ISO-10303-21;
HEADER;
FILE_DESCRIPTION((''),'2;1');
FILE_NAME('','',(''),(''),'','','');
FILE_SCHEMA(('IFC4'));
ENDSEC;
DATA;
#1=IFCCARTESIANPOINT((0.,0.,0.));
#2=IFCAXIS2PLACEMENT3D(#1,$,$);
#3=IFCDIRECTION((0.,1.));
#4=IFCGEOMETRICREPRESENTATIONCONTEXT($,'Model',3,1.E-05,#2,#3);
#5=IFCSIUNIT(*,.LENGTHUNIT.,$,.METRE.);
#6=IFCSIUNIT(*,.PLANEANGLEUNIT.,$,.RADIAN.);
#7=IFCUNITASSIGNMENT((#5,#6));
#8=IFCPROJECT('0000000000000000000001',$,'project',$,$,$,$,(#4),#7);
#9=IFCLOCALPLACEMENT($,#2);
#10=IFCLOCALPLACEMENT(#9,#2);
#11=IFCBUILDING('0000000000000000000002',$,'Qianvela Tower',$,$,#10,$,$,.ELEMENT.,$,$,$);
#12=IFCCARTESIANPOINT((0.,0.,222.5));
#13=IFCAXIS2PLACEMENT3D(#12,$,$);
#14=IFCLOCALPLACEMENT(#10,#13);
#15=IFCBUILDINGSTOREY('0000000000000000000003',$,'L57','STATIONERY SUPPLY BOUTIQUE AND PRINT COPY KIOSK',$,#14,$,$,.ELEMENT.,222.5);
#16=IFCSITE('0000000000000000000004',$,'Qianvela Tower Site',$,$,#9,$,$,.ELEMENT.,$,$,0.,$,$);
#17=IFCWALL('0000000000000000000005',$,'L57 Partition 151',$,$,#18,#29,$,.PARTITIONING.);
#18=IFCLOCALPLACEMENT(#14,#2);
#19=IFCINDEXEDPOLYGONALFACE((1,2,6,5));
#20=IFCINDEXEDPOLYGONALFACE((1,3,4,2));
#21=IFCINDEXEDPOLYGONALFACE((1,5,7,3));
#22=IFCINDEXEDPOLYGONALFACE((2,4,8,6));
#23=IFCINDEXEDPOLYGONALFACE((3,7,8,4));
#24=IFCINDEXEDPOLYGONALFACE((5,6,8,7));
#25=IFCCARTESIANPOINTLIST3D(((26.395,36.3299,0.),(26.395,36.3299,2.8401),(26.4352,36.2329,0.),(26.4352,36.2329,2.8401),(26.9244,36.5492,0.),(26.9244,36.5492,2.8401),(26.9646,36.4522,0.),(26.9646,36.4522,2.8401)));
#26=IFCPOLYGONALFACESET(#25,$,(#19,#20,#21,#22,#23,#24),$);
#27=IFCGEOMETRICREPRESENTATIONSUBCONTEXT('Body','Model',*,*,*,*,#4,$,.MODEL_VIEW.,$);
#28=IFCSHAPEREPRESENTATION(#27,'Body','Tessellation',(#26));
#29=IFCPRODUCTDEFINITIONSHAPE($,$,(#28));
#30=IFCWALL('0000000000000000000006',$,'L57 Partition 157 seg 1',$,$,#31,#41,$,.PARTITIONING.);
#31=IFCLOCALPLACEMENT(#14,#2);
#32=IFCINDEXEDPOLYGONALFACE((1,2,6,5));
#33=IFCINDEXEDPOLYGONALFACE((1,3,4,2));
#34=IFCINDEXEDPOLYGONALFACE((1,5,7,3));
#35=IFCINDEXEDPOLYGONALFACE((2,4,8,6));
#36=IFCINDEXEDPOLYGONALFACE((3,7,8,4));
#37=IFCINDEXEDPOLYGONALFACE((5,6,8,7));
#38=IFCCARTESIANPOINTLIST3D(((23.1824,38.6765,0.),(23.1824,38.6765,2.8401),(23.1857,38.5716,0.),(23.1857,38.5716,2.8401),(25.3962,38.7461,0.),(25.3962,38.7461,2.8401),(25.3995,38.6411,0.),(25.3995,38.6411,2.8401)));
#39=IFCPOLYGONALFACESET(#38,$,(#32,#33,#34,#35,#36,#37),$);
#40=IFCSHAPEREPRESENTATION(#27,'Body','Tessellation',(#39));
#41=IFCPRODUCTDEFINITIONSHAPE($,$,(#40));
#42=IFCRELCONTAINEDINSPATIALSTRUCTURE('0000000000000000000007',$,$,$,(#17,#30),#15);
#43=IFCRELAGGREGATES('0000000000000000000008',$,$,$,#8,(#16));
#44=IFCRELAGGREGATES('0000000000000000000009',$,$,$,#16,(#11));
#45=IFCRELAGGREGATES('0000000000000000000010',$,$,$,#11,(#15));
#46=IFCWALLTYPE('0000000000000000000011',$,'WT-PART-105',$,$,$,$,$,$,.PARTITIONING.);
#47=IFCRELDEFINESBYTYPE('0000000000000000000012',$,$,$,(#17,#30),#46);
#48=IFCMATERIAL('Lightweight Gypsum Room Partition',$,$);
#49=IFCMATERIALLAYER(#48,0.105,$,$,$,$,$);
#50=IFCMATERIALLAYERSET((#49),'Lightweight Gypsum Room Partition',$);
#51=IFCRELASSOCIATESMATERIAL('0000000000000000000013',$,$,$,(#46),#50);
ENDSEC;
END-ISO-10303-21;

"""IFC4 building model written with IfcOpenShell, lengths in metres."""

from ifc_helpers import new_model, si_unit, direction, frame, frame_2d, origin, place, context, subcontext, project, spatial, rectangle, extrude, material, layer, layer_set, type_object, element, save


model = new_model("IFC4")

# Units and contexts
model_context = context("Model", 3, precision=1e-05, world=origin(), true_north=direction((0.0, 1.0)))
body_context = subcontext(model_context, "Body", "Model", "MODEL_VIEW")
ifc_project = project(units=[si_unit("LENGTHUNIT", "METRE"), si_unit("PLANEANGLEUNIT", "RADIAN")], contexts=[model_context])

# Site, building, storey
site_placement = place(None, origin())
site = spatial("IfcSite", under=ifc_project, at=site_placement, Name="Qianvela Tower Site", CompositionType="ELEMENT", RefElevation=0.0)
building_placement = place(site_placement, origin())
building = spatial("IfcBuilding", under=site, at=building_placement, Name="Qianvela Tower", CompositionType="ELEMENT")
storey_placement = place(building_placement, frame((0.0, 0.0, 222.5)))
storey = spatial("IfcBuildingStorey", under=building, at=storey_placement, Name="L57", Description="STATIONERY SUPPLY BOUTIQUE AND PRINT COPY KIOSK", CompositionType="ELEMENT", Elevation=222.5)

# Walls
ifc_material_1 = material(Name="Lightweight Gypsum Room Partition")
ifc_layer_1 = layer(ifc_material_1, 0.105)
ifc_layer_set_1 = layer_set([ifc_layer_1], Name="Lightweight Gypsum Room Partition")
wall_type_1 = type_object("IfcWallType", Name="WT-PART-105", PredefinedType="PARTITIONING", material=ifc_layer_set_1)
wall_1_placement = place(storey_placement, frame((26.9446, 36.5007, 0.0), z_axis=(0.0, 0.0, 1.0), x_axis=(-0.923882, -0.382678, 0.0)))
element("IfcWall", 1, at=wall_1_placement, inside=storey, type_object=wall_type_1, Name="L57 Partition 151", PredefinedType="PARTITIONING", context=body_context, shape_type="SweptSolid", body=[
    extrude(rectangle(XDim=0.573, YDim=0.105, at=frame_2d((0.2866, 0.0))), origin(), (0.0, 0.0, 1.0), 2.8401),
])
wall_2_placement = place(storey_placement, frame((23.1841, 38.624, 0.0), z_axis=(0.0, 0.0, 1.0), x_axis=(0.999506, 0.031414, 0.0)))
element("IfcWall", 2, at=wall_2_placement, inside=storey, type_object=wall_type_1, Name="L57 Partition 157 seg 1", PredefinedType="PARTITIONING", context=body_context, shape_type="SweptSolid", body=[
    extrude(rectangle(XDim=2.2148, YDim=0.105, at=frame_2d((1.1074, 0.0))), origin(), (0.0, 0.0, 1.0), 2.8401),
])

save(model, "model.ifc")
